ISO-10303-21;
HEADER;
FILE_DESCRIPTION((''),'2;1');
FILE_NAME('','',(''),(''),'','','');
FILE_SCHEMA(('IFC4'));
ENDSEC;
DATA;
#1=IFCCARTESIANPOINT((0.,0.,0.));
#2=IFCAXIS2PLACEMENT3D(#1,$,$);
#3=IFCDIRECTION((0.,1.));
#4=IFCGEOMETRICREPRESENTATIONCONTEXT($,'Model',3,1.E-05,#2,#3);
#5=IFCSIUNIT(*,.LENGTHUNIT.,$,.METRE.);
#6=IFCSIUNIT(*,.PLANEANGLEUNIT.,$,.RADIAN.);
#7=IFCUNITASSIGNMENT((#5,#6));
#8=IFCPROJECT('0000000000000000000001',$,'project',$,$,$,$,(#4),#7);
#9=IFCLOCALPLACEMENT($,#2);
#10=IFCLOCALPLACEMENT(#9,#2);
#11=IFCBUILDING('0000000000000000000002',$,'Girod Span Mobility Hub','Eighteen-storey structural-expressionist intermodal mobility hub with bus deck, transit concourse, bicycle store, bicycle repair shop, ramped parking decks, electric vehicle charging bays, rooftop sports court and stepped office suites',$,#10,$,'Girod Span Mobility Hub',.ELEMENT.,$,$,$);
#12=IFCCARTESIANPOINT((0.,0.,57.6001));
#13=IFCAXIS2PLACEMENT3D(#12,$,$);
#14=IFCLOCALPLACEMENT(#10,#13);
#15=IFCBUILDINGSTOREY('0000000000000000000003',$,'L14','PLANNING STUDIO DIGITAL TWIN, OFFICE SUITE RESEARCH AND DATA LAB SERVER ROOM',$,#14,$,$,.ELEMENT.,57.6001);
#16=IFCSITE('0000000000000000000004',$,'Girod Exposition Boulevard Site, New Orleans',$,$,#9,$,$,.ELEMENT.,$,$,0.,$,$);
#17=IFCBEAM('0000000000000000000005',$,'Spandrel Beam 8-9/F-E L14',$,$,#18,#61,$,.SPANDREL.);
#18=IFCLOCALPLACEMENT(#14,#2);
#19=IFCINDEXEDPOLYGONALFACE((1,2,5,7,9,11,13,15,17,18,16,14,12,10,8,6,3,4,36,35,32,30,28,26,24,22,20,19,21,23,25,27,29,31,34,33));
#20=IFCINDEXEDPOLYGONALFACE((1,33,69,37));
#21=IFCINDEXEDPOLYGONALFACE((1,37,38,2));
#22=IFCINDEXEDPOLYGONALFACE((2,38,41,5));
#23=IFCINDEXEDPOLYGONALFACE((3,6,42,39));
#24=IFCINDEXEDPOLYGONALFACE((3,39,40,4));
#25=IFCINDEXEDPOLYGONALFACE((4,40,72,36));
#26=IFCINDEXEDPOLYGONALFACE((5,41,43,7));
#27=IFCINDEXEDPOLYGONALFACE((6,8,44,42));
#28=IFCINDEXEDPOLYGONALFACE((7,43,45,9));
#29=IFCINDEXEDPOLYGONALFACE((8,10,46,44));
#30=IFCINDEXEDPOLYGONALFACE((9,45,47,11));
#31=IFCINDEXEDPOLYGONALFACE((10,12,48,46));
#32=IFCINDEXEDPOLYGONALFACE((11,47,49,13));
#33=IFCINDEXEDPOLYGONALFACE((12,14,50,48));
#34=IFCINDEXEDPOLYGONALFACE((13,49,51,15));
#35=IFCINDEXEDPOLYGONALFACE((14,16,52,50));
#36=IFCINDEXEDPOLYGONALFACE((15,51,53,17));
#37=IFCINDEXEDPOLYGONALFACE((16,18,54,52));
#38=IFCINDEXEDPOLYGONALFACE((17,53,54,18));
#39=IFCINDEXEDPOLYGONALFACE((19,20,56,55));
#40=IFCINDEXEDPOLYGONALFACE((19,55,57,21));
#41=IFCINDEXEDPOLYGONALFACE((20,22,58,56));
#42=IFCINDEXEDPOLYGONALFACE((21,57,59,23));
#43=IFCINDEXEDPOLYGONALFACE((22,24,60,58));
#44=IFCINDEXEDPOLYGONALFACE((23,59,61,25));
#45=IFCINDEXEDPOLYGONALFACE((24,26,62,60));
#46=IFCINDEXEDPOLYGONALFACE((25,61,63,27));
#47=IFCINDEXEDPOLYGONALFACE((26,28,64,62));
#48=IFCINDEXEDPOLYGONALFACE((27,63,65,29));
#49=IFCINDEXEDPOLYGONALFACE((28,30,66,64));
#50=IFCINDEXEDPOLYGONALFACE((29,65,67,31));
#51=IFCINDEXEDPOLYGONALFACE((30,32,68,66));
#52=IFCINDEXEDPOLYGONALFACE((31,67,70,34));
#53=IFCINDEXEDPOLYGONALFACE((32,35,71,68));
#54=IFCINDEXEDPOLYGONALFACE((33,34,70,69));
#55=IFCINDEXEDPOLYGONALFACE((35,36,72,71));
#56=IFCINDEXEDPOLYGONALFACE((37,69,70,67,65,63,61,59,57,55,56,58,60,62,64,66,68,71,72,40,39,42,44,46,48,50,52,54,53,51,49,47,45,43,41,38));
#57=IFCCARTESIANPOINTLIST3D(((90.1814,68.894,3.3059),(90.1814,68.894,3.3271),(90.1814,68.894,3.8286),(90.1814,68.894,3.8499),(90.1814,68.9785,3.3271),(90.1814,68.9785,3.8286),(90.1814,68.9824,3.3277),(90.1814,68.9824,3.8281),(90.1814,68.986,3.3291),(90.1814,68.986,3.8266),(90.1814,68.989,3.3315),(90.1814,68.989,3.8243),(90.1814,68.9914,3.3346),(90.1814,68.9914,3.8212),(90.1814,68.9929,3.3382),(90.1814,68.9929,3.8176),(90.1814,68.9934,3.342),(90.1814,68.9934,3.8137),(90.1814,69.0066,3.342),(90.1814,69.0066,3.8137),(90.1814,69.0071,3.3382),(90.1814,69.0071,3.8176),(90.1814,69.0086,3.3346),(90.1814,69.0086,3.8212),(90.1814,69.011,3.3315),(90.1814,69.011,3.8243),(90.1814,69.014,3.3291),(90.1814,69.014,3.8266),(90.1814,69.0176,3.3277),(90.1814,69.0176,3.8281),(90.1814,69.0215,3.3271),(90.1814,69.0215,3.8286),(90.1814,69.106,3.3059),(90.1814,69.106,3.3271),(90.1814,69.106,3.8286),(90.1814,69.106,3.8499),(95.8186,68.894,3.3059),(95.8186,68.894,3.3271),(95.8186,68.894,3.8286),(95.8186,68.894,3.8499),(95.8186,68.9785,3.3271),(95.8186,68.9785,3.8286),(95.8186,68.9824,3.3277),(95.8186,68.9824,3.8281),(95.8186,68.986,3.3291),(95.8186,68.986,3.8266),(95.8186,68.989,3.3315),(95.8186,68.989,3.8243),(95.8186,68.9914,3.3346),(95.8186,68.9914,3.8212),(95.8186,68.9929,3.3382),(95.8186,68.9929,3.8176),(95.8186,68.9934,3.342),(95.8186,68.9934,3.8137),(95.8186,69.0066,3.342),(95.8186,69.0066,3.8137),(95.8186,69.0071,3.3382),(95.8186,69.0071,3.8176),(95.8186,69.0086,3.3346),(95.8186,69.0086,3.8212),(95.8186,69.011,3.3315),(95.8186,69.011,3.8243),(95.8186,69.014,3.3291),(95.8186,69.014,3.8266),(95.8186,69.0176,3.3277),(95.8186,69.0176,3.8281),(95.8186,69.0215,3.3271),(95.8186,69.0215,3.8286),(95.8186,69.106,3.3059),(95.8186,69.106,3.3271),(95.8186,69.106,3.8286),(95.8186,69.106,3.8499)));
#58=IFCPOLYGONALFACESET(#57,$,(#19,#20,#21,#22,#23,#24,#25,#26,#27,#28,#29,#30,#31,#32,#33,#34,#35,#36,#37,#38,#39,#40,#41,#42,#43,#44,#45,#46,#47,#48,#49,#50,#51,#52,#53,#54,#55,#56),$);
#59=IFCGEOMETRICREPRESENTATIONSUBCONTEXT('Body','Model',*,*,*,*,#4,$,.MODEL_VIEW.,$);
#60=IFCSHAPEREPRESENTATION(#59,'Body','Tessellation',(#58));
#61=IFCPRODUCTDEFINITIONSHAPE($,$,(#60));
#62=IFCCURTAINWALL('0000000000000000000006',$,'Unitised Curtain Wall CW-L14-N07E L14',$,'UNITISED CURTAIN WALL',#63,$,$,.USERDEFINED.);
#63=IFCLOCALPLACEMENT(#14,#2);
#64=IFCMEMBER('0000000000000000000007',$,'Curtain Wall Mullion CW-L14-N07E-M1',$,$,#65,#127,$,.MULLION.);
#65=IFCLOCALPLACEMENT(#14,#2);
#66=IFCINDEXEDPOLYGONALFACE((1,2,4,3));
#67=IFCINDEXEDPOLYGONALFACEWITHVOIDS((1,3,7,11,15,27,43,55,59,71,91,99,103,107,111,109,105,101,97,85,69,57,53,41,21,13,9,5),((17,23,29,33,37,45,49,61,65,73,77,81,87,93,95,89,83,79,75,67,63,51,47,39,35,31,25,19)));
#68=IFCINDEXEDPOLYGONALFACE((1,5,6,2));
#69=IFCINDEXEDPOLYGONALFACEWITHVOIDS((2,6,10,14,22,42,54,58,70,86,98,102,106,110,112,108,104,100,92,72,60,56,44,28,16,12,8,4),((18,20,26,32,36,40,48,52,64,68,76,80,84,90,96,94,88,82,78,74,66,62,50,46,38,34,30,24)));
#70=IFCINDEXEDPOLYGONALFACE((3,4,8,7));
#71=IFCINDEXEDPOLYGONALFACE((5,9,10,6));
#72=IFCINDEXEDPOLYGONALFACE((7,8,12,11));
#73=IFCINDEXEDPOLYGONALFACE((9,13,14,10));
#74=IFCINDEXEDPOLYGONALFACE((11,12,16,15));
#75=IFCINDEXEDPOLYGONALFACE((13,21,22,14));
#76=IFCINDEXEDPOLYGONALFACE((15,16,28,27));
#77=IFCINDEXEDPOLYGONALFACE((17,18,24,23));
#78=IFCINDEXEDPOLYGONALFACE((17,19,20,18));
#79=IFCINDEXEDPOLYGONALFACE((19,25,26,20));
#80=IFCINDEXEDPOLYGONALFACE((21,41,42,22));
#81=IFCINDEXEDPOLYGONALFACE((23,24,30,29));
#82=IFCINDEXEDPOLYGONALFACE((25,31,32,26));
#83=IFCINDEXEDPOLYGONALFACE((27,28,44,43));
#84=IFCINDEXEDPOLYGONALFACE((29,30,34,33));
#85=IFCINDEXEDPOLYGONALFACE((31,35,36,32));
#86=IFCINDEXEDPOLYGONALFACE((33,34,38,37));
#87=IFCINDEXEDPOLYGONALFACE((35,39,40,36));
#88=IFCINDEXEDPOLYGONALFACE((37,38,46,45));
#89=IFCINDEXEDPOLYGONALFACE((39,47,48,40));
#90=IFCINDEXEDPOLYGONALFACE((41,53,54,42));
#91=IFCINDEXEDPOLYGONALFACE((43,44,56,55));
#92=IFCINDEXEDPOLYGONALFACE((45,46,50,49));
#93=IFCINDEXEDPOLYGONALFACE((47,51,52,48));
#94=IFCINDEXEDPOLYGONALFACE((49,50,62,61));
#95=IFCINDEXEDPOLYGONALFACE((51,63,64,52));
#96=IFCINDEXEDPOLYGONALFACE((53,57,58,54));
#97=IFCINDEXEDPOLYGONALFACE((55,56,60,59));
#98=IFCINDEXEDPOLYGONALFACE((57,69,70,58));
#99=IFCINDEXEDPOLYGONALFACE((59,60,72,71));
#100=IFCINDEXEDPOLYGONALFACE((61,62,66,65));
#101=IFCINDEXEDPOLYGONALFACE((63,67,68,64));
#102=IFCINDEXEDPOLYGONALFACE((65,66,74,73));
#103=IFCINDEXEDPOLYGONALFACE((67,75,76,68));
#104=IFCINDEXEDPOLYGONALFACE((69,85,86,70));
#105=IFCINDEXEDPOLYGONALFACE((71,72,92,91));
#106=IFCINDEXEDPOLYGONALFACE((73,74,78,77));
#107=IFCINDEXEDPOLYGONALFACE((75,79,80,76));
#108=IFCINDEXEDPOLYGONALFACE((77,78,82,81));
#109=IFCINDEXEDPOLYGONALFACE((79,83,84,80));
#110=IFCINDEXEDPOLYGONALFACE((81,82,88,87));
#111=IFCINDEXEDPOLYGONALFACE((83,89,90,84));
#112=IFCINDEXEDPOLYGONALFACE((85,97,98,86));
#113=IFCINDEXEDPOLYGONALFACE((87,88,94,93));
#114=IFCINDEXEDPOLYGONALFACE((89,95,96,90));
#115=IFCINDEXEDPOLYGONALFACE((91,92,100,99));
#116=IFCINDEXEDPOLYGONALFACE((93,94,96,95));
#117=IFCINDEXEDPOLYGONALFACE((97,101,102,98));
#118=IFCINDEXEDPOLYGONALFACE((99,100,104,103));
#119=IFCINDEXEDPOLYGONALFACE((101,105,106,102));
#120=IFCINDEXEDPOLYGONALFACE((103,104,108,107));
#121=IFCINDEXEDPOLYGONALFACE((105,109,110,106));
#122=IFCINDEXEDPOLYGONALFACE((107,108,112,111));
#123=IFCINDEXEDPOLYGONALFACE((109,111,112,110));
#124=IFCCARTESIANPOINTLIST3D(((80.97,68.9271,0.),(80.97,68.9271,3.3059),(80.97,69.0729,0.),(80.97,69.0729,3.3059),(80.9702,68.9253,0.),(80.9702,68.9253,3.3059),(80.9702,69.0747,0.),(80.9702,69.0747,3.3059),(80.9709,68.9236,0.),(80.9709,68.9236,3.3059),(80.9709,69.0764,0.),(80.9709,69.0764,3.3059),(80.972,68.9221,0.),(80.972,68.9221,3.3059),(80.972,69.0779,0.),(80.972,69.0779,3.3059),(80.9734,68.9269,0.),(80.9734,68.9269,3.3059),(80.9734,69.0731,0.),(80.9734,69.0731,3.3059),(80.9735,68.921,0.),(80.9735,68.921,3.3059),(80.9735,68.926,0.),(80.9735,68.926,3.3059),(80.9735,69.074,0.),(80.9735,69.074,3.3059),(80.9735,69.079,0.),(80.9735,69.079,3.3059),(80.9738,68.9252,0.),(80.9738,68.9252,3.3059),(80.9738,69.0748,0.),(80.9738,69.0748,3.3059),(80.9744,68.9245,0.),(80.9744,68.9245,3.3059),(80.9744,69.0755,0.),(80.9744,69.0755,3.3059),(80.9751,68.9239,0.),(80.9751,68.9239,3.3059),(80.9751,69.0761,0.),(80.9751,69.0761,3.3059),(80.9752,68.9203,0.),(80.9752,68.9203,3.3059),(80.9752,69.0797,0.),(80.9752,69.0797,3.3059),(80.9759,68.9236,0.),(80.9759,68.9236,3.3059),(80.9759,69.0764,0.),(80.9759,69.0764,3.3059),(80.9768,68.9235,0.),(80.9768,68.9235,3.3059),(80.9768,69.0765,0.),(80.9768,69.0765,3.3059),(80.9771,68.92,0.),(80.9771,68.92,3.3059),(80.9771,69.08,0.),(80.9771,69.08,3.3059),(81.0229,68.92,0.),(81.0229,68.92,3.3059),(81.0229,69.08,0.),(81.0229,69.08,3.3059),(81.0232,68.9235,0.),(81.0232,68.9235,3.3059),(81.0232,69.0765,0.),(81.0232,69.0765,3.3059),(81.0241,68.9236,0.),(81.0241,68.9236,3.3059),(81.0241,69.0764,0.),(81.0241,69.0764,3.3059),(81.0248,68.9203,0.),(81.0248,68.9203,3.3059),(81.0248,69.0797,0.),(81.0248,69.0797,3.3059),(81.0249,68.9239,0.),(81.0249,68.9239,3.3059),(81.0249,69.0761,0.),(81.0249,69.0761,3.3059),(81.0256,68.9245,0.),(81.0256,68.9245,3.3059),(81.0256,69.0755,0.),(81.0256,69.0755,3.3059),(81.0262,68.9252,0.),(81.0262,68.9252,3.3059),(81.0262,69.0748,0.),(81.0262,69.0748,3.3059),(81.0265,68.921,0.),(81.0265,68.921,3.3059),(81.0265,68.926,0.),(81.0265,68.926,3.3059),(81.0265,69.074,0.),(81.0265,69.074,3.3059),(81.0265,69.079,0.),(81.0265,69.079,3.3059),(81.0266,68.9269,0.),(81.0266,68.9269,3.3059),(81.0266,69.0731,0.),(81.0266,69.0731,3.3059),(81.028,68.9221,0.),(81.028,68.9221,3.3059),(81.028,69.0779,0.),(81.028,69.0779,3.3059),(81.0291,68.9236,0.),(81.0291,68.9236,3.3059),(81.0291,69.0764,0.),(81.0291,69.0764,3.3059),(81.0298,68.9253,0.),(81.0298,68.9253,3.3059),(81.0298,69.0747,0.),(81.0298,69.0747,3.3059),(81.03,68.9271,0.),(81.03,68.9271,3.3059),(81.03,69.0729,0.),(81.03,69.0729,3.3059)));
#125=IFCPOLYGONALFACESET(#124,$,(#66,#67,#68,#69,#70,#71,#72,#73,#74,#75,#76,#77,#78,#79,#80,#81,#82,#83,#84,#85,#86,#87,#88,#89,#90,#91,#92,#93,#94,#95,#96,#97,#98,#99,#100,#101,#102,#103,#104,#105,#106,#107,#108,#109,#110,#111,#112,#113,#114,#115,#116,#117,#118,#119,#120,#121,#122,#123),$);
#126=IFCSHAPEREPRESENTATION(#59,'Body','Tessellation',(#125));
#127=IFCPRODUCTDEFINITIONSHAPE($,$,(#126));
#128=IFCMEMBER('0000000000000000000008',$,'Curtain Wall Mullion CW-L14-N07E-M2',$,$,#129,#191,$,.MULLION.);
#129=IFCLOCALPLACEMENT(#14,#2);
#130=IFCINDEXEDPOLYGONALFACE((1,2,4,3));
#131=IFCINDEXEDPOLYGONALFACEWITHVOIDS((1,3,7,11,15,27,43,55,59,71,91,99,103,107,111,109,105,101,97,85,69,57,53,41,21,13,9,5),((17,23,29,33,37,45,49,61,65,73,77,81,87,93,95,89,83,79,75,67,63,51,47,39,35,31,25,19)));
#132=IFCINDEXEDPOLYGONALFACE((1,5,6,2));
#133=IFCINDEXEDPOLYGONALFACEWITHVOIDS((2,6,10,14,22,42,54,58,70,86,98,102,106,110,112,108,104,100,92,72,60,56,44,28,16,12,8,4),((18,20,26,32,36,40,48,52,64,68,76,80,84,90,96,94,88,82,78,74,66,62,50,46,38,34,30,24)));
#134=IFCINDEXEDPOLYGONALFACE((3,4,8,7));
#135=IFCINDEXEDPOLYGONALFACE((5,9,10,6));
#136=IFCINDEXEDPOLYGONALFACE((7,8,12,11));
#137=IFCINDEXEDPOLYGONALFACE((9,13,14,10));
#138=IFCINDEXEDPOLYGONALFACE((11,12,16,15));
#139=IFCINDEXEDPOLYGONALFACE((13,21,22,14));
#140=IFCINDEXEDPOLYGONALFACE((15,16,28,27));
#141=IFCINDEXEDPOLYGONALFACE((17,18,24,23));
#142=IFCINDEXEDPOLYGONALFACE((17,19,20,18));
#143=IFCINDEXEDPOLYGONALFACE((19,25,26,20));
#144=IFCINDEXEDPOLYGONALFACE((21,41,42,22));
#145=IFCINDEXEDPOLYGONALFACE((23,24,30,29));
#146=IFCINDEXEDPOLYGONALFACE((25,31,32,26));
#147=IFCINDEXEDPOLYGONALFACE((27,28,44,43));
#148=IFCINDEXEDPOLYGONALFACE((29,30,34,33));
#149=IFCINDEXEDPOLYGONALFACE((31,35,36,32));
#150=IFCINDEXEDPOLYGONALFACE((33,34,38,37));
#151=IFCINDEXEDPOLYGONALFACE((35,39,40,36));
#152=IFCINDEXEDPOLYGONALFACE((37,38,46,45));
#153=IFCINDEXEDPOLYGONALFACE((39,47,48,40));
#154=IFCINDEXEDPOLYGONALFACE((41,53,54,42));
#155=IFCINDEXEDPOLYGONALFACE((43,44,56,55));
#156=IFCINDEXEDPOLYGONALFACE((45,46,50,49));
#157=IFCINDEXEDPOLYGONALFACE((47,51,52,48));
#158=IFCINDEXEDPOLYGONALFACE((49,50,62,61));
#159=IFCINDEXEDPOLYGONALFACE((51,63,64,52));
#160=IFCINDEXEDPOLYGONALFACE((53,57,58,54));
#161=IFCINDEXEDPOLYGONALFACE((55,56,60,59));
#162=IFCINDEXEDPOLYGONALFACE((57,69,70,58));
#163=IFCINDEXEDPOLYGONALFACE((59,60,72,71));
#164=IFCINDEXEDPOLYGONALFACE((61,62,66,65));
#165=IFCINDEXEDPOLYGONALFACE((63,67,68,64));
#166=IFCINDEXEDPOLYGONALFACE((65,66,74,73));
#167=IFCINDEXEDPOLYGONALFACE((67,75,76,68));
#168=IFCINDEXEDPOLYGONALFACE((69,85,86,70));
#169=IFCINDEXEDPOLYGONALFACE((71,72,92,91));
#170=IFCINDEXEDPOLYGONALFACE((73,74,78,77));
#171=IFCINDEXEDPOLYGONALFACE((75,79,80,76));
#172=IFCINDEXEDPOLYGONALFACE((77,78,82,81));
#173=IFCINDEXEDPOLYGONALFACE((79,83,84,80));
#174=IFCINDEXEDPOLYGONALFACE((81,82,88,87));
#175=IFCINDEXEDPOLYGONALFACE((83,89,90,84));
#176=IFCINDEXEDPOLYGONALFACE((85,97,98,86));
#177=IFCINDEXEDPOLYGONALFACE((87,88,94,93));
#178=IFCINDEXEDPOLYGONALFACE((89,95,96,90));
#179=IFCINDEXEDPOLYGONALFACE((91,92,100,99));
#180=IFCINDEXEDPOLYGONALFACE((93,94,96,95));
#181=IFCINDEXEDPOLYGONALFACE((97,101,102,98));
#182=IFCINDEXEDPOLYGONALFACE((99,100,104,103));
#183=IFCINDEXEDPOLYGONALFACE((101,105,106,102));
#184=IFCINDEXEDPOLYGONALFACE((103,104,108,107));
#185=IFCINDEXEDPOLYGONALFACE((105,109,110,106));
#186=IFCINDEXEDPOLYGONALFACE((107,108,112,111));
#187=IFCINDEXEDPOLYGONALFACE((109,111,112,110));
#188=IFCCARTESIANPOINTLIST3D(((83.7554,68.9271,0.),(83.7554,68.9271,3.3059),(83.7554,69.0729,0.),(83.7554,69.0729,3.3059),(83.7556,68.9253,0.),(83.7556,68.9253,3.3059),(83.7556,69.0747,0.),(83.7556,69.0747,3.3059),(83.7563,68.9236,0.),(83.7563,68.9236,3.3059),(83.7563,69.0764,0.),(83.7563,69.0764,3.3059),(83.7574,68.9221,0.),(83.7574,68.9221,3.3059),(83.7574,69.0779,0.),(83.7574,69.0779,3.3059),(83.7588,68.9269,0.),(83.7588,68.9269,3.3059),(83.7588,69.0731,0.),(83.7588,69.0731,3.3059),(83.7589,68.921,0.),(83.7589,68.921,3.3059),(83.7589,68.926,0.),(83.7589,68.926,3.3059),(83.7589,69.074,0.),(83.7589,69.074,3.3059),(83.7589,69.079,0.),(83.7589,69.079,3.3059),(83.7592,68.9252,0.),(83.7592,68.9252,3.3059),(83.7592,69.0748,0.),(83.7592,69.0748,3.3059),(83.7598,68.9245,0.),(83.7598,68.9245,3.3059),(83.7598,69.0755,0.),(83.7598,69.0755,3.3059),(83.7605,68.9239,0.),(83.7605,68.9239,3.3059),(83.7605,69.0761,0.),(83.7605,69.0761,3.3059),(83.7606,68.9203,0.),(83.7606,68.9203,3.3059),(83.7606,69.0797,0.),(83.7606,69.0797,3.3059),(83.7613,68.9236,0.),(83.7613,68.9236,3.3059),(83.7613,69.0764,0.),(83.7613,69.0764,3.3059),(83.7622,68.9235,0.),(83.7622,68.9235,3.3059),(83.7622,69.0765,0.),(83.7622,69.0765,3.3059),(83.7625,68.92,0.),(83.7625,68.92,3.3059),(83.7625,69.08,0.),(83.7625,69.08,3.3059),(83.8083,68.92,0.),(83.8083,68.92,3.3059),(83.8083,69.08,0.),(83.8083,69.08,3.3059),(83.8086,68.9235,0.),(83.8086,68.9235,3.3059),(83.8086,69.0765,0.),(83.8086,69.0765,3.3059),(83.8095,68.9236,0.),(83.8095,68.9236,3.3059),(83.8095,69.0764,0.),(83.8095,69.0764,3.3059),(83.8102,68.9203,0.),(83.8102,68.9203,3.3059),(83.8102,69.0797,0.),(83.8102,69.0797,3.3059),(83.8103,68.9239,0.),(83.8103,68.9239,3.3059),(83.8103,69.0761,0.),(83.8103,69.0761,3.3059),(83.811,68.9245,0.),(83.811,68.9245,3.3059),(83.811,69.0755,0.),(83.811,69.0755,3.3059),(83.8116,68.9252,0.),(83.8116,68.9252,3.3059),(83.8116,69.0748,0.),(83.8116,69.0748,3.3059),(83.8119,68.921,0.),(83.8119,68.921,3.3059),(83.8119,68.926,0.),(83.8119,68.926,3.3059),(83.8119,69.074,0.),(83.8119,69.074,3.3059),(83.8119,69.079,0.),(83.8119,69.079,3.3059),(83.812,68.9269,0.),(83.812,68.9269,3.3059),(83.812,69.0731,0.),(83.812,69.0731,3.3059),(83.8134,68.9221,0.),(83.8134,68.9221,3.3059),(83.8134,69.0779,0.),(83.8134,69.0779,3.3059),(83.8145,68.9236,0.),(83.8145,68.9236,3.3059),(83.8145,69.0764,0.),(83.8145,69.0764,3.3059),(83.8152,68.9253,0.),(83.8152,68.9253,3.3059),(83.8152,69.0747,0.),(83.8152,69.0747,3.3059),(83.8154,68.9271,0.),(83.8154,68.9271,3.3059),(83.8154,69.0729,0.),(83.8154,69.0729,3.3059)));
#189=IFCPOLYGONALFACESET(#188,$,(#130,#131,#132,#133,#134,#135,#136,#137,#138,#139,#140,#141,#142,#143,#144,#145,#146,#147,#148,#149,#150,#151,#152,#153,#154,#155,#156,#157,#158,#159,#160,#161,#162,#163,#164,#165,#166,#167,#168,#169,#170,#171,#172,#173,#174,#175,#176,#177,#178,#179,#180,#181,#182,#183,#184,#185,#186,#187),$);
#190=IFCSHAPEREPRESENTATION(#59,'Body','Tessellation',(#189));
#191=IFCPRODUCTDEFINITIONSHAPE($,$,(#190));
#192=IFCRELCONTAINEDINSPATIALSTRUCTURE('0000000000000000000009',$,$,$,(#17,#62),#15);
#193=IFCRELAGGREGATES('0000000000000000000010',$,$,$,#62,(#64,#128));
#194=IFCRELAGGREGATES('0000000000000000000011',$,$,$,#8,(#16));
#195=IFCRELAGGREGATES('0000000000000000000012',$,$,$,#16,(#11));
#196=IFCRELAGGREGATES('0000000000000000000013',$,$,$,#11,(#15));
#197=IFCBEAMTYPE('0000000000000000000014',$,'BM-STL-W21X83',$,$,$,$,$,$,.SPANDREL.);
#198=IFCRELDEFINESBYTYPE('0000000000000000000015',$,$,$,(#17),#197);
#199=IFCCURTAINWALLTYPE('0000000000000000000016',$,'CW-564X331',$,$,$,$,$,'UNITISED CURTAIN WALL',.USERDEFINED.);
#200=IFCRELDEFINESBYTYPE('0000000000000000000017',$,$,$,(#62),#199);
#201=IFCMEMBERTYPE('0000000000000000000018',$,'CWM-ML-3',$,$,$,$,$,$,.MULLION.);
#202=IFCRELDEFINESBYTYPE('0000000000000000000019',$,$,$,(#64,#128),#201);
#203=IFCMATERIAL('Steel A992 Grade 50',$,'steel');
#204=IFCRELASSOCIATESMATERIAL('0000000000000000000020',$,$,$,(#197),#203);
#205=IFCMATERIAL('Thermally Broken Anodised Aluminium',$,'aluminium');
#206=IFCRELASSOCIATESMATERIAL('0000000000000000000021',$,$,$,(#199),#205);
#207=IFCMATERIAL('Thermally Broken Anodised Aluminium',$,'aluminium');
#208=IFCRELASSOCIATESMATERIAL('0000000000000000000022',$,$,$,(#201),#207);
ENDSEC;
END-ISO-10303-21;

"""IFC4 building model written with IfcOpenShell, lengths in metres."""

from ifc_helpers import new_model, si_unit, direction, frame, origin, origin_2d, place, context, subcontext, project, spatial, hollow_rectangle, i_section, extrude, material, material_profile, profile_set, type_object, element, aggregate, save


model = new_model("IFC4")

# Units and contexts
model_context = context("Model", 3, precision=1e-05, world=origin(), true_north=direction((0.0, 1.0)))
body_context = subcontext(model_context, "Body", "Model", "MODEL_VIEW")
ifc_project = project(units=[si_unit("LENGTHUNIT", "METRE"), si_unit("PLANEANGLEUNIT", "RADIAN")], contexts=[model_context])

# Site, building, storey
site_placement = place(None, origin())
site = spatial("IfcSite", under=ifc_project, at=site_placement, Name="Girod Exposition Boulevard Site, New Orleans", CompositionType="ELEMENT", RefElevation=0.0)
building_placement = place(site_placement, origin())
building = spatial("IfcBuilding", under=site, at=building_placement, Name="Girod Span Mobility Hub", Description="Eighteen-storey structural-expressionist intermodal mobility hub with bus deck, transit concourse, bicycle store, bicycle repair shop, ramped parking decks, electric vehicle charging bays, rooftop sports court and stepped office suites", LongName="Girod Span Mobility Hub", CompositionType="ELEMENT")
storey_placement = place(building_placement, frame((0.0, 0.0, 57.6001)))
storey = spatial("IfcBuildingStorey", under=building, at=storey_placement, Name="L14", Description="PLANNING STUDIO DIGITAL TWIN, OFFICE SUITE RESEARCH AND DATA LAB SERVER ROOM", CompositionType="ELEMENT", Elevation=57.6001)

# Beam
ifc_material_1 = material(Name="Steel A992 Grade 50", Category="steel")
ifc_material_profile_1 = material_profile(ifc_material_1, i_section(OverallWidth=0.2119, OverallDepth=0.5439, WebThickness=0.0132, FlangeThickness=0.0212, FilletRadius=0.0149, at=origin_2d()), Name="W21X83")
ifc_profile_set_1 = profile_set([ifc_material_profile_1], Name="Steel A992 Grade 50")
beam_type_1 = type_object("IfcBeamType", Name="BM-STL-W21X83", PredefinedType="SPANDREL", material=ifc_profile_set_1)
for number, where, z_axis, x_axis, name in (
    (1, (90.1814, 69.0, 3.5779), (1.0, 0.0, 0.0), (0.0, 1.0, 0.0), "Spandrel Beam 8-9/F-E L14"),
):
    element("IfcBeam", number, at=place(storey_placement, frame(where, z_axis=z_axis, x_axis=x_axis)), inside=storey, type_object=beam_type_1, Name=name, PredefinedType="SPANDREL", context=body_context, shape_type="SweptSolid", body=[
        extrude(i_section(OverallWidth=0.2119, OverallDepth=0.5439, WebThickness=0.0132, FlangeThickness=0.0212, FilletRadius=0.0149, at=origin_2d()), origin(), (0.0, 0.0, 1.0), 5.6372),
    ])

# Curtain wall, members
ifc_material_2 = material(Name="Thermally Broken Anodised Aluminium", Category="aluminium")
curtain_wall_type = type_object("IfcCurtainWallType", Name="CW-564X331", ElementType="UNITISED CURTAIN WALL", PredefinedType="USERDEFINED", material=ifc_material_2)
curtain_wall_1_placement = place(storey_placement, origin())
curtain_wall_1 = element("IfcCurtainWall", 2, at=curtain_wall_1_placement, inside=storey, type_object=curtain_wall_type, Name="Unitised Curtain Wall CW-L14-N07E L14", ObjectType="UNITISED CURTAIN WALL", PredefinedType="USERDEFINED")
ifc_material_3 = material(Name="Thermally Broken Anodised Aluminium", Category="aluminium")
ifc_material_profile_2 = material_profile(ifc_material_3, hollow_rectangle(XDim=0.1599, YDim=0.0601, WallThickness=0.0034, InnerFilletRadius=0.0034, OuterFilletRadius=0.0071, at=origin_2d()), Name="CW-ML-60X160")
ifc_profile_set_2 = profile_set([ifc_material_profile_2], Name="Thermally Broken Anodised Aluminium")
member_type_1 = type_object("IfcMemberType", Name="CWM-ML-3", PredefinedType="MULLION", material=ifc_profile_set_2)
member_1_placement = place(storey_placement, frame((81.0, 69.0, 0.0), z_axis=(0.0, 0.0, 1.0), x_axis=(0.0, 1.0, 0.0)))
member_1 = element("IfcMember", 3, at=member_1_placement, type_object=member_type_1, Name="Curtain Wall Mullion CW-L14-N07E-M1", PredefinedType="MULLION", context=body_context, shape_type="SweptSolid", body=[
    extrude(hollow_rectangle(XDim=0.1599, YDim=0.0601, WallThickness=0.0034, InnerFilletRadius=0.0034, OuterFilletRadius=0.0071, at=origin_2d()), origin(), (0.0, 0.0, 1.0), 3.3059),
])
member_2_placement = place(storey_placement, frame((83.7854, 69.0, 0.0), z_axis=(0.0, 0.0, 1.0), x_axis=(0.0, 1.0, 0.0)))
member_2 = element("IfcMember", 4, at=member_2_placement, type_object=member_type_1, Name="Curtain Wall Mullion CW-L14-N07E-M2", PredefinedType="MULLION", context=body_context, shape_type="SweptSolid", body=[
    extrude(hollow_rectangle(XDim=0.1599, YDim=0.0601, WallThickness=0.0034, InnerFilletRadius=0.0034, OuterFilletRadius=0.0071, at=origin_2d()), origin(), (0.0, 0.0, 1.0), 3.3059),
])

aggregate(curtain_wall_1, [member_1, member_2])

save(model, "model.ifc")
